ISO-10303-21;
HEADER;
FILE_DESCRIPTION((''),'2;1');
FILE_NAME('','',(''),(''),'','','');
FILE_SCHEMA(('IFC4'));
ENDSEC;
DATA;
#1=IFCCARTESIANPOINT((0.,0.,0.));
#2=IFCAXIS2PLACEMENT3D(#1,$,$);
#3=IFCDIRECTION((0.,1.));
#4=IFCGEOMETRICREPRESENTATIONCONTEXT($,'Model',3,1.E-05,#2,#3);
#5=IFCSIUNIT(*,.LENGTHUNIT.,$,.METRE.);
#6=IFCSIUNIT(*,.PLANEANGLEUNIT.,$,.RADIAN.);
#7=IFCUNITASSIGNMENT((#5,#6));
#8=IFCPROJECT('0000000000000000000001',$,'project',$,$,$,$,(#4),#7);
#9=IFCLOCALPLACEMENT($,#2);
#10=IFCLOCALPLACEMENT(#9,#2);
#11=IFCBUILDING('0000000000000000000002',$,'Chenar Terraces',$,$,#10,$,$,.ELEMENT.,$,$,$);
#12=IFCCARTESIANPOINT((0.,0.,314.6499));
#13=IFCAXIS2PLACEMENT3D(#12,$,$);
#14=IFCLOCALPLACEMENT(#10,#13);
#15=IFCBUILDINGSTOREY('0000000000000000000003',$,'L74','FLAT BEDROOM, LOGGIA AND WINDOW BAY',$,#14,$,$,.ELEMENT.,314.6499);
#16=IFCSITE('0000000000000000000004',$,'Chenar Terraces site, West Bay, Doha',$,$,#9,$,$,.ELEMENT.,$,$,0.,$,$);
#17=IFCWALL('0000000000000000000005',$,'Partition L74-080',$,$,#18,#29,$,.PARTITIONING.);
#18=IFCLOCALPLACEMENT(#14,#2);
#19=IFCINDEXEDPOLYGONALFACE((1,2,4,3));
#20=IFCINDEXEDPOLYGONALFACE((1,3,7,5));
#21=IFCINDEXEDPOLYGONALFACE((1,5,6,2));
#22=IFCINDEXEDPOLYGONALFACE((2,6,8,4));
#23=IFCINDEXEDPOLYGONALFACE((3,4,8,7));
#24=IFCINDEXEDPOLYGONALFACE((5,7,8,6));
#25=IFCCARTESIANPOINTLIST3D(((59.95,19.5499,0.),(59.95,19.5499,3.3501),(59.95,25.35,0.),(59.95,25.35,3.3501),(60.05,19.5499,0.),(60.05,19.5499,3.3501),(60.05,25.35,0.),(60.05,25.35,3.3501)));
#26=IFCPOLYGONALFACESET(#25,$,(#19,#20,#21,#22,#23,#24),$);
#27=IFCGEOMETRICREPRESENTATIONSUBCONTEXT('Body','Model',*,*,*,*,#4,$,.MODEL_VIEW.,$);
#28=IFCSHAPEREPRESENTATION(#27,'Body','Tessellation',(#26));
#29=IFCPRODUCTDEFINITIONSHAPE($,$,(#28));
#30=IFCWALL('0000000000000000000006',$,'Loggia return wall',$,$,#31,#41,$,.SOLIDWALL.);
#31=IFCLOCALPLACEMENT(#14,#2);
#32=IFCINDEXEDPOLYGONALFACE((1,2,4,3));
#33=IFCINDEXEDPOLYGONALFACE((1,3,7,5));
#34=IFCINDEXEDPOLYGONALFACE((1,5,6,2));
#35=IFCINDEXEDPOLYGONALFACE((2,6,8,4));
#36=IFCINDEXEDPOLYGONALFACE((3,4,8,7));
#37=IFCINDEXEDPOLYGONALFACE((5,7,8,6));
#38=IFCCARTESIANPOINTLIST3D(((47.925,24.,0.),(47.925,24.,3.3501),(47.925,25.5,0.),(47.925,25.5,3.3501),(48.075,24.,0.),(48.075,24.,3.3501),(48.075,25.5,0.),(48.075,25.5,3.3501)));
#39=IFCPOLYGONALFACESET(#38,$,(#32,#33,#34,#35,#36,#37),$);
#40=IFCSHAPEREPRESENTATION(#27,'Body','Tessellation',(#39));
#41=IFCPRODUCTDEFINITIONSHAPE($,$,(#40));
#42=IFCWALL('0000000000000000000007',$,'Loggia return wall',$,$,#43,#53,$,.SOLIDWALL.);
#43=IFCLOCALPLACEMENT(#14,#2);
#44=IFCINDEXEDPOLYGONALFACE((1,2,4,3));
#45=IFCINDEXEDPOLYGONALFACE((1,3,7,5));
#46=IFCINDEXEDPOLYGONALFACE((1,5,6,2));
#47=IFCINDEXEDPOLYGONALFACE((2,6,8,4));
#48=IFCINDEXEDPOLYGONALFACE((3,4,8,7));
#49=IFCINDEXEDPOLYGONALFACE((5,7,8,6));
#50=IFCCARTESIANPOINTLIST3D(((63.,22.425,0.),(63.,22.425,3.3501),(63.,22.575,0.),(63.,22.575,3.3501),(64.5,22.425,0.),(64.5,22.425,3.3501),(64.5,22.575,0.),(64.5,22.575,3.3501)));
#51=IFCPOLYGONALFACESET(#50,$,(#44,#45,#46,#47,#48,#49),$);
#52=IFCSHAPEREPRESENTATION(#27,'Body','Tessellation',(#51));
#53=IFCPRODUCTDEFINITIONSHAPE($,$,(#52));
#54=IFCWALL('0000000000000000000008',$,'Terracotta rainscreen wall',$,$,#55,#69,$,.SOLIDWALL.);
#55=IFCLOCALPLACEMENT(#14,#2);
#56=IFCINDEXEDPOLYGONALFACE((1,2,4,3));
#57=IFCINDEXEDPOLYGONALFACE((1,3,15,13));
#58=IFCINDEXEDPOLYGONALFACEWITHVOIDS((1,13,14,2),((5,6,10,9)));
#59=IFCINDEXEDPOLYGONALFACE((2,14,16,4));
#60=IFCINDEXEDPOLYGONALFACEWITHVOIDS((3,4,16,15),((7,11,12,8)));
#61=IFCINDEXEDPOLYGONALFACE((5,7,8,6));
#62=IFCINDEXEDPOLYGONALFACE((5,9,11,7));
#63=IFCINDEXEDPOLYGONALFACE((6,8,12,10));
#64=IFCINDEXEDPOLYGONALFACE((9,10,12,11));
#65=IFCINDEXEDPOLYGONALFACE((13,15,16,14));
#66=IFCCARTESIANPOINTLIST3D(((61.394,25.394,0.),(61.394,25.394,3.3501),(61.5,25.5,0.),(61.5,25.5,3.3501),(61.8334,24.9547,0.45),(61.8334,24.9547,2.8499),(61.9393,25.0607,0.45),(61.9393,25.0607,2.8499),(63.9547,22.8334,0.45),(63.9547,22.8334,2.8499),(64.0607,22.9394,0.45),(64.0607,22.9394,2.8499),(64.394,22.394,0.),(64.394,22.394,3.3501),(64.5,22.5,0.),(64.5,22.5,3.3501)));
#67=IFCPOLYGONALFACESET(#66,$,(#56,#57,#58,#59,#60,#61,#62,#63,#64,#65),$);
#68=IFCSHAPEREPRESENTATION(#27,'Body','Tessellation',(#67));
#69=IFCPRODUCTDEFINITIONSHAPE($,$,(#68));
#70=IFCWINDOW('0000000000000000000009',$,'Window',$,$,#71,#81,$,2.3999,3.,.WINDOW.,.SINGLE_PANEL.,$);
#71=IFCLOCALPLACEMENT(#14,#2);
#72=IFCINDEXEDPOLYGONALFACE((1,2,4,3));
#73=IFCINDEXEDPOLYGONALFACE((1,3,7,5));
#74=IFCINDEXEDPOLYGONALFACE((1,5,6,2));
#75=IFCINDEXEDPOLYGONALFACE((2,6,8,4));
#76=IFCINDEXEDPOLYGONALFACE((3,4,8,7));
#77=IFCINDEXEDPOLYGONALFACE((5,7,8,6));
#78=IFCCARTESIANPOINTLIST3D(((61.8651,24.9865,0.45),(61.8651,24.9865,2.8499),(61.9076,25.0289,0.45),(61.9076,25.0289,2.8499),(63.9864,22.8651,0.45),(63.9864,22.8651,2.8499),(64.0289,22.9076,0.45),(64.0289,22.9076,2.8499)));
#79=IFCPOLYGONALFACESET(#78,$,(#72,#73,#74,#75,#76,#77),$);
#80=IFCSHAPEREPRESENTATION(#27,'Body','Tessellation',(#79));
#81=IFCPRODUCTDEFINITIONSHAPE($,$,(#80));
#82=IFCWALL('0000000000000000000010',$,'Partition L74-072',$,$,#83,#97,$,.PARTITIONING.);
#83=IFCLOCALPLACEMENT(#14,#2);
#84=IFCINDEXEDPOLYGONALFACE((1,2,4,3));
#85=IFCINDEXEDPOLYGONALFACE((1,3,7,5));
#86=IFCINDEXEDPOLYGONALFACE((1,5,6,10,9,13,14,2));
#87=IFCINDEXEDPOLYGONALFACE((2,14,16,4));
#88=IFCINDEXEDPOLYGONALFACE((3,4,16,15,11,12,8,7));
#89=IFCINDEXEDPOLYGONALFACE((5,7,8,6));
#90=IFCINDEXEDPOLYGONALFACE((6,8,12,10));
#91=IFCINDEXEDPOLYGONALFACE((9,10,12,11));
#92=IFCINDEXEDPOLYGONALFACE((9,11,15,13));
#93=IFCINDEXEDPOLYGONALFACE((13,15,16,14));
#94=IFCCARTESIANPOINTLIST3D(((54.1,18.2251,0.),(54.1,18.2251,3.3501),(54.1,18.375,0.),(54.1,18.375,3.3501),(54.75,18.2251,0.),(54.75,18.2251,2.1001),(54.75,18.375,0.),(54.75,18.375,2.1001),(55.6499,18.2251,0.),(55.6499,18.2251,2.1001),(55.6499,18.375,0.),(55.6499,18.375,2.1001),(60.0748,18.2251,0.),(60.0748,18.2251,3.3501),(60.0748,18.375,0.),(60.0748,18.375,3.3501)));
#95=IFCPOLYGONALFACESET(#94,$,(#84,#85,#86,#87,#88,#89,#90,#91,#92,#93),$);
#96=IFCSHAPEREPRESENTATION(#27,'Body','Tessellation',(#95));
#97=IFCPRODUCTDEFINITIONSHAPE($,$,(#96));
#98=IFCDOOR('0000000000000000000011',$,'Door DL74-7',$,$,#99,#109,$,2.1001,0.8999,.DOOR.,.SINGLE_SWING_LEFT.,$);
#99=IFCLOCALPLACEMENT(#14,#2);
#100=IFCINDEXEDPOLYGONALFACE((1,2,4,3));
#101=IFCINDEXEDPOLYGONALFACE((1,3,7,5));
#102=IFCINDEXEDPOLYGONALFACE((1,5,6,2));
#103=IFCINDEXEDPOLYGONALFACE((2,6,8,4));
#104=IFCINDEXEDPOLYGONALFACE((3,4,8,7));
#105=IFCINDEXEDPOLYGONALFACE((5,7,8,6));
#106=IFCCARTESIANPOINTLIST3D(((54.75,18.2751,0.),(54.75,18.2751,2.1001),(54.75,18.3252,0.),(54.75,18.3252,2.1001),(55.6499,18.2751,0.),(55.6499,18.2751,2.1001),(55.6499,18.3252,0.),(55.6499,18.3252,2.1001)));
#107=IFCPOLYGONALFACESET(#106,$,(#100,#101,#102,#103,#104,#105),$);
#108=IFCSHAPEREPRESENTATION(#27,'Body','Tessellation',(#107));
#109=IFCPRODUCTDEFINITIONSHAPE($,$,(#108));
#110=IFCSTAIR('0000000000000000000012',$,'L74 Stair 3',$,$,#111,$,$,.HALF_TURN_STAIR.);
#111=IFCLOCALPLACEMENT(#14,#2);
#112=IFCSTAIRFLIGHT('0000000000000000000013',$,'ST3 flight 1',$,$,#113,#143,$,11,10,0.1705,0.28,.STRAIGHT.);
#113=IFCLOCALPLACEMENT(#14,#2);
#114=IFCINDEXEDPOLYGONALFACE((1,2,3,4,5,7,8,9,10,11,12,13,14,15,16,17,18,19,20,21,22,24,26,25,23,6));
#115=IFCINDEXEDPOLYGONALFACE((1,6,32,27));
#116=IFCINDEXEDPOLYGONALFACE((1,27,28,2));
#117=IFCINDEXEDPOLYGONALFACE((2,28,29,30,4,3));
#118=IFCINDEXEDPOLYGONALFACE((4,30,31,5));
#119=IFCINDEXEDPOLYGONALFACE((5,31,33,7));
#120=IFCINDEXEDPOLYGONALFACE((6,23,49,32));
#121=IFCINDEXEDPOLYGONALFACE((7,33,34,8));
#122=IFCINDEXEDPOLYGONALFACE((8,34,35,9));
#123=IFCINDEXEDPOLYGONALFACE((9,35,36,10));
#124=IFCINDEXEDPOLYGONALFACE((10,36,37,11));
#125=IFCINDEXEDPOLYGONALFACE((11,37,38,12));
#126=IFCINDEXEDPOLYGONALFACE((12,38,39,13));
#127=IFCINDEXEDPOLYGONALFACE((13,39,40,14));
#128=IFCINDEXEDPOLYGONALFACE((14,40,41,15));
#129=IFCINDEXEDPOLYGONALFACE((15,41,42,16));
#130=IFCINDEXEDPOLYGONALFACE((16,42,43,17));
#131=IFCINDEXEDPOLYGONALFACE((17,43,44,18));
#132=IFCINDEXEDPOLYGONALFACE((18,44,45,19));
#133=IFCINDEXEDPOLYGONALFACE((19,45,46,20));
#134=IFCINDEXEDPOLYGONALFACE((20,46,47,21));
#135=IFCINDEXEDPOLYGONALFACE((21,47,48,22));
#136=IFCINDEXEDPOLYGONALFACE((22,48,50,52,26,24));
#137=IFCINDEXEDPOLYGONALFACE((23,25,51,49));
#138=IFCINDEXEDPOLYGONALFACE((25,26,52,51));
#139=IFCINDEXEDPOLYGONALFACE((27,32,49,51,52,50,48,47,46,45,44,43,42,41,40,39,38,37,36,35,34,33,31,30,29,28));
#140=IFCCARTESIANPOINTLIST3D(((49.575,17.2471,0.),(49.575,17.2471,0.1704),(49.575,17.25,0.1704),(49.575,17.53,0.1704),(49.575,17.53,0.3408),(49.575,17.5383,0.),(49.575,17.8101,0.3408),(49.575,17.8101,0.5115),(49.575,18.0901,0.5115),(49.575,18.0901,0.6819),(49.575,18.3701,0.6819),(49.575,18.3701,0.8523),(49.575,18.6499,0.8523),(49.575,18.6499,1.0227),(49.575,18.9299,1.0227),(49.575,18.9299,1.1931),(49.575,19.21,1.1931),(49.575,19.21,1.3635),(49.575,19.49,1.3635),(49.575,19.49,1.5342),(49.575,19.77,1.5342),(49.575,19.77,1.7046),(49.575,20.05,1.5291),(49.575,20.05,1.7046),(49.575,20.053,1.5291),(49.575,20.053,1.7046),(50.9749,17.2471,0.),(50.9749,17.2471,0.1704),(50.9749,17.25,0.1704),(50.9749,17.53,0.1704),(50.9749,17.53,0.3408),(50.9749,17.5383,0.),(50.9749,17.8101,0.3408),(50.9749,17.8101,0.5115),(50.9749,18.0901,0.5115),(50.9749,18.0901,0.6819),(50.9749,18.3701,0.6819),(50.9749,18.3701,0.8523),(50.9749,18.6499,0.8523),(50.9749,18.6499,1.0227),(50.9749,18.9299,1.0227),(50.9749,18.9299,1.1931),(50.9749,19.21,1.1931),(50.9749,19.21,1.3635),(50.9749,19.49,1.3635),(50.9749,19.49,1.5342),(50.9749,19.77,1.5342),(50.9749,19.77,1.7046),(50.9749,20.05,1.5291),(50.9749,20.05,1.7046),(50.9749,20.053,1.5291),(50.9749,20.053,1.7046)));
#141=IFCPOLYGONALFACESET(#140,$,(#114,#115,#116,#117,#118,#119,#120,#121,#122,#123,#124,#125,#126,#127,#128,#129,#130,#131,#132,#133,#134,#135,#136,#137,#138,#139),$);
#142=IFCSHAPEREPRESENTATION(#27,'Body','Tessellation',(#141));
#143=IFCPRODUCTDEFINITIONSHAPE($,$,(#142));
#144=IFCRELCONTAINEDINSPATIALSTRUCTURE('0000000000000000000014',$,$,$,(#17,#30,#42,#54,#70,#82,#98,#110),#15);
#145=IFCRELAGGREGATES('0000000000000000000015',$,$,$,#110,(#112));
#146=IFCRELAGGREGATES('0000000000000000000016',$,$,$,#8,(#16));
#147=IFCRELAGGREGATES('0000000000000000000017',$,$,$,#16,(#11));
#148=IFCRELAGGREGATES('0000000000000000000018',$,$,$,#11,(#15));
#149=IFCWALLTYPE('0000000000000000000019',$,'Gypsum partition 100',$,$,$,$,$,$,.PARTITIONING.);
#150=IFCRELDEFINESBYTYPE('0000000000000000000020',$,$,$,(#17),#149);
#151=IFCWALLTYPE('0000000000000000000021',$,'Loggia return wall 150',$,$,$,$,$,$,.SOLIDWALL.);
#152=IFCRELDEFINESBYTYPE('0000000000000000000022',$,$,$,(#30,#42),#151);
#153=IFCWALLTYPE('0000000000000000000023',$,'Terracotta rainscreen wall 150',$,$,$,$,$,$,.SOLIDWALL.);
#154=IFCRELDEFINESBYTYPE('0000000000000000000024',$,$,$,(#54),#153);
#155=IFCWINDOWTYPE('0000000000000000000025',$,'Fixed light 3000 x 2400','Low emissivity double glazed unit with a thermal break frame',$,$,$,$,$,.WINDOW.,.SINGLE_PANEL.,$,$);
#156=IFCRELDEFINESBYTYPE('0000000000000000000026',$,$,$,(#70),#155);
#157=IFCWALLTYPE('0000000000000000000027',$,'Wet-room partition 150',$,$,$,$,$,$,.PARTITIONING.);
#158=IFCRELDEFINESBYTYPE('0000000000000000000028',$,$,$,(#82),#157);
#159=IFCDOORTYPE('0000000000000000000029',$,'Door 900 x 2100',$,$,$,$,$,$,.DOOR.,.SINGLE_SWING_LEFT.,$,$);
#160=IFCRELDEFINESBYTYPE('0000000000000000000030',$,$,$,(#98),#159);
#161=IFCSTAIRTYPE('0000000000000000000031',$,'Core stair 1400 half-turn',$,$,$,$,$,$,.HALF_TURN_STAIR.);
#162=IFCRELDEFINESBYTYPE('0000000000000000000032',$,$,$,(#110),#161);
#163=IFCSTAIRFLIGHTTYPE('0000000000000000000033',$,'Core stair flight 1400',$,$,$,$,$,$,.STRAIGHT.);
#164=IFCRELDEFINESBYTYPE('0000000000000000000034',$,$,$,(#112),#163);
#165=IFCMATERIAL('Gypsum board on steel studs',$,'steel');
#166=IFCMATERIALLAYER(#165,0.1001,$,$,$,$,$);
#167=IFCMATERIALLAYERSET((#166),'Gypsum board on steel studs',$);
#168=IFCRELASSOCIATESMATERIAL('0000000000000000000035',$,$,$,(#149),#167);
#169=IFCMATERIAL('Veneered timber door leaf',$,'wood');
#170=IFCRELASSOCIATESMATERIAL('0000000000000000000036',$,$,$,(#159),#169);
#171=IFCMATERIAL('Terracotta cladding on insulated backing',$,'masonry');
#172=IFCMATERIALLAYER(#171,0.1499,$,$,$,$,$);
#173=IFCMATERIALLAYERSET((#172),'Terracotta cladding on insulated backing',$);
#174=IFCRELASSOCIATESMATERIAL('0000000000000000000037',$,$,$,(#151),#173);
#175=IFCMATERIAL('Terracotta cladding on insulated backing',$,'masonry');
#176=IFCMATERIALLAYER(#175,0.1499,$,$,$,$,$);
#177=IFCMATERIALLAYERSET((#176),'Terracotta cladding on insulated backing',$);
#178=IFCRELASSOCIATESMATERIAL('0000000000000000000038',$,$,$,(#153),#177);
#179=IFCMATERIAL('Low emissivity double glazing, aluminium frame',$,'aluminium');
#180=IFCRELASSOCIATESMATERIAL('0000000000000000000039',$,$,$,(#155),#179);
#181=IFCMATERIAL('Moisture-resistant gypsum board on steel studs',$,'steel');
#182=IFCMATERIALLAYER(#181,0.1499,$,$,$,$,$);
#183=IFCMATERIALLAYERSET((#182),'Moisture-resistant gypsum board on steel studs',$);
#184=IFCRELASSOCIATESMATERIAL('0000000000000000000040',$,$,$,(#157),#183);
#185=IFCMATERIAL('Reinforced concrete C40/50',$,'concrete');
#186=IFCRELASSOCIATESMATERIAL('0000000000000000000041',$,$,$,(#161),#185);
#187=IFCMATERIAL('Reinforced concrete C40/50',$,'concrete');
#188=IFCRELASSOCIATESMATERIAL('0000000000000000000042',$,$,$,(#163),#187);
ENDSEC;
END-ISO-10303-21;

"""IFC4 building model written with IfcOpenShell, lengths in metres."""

from ifc_helpers import new_model, si_unit, direction, frame, frame_2d, origin, place, context, subcontext, project, spatial, polyline, rectangle, outline, extrude, material, layer, layer_set, type_object, element, fill, aggregate, save


model = new_model("IFC4")

# Units and contexts
model_context = context("Model", 3, precision=1e-05, world=origin(), true_north=direction((0.0, 1.0)))
body_context = subcontext(model_context, "Body", "Model", "MODEL_VIEW")
ifc_project = project(units=[si_unit("LENGTHUNIT", "METRE"), si_unit("PLANEANGLEUNIT", "RADIAN")], contexts=[model_context])

# Site, building, storey
site_placement = place(None, origin())
site = spatial("IfcSite", under=ifc_project, at=site_placement, Name="Chenar Terraces site, West Bay, Doha", CompositionType="ELEMENT", RefElevation=0.0)
building_placement = place(site_placement, origin())
building = spatial("IfcBuilding", under=site, at=building_placement, Name="Chenar Terraces", CompositionType="ELEMENT")
storey_placement = place(building_placement, frame((0.0, 0.0, 314.6499)))
storey = spatial("IfcBuildingStorey", under=building, at=storey_placement, Name="L74", Description="FLAT BEDROOM, LOGGIA AND WINDOW BAY", CompositionType="ELEMENT", Elevation=314.6499)

# Shared definitions
ifc_material_1 = material(Name="Gypsum board on steel studs", Category="steel")
ifc_layer_1 = layer(ifc_material_1, 0.1001)
ifc_layer_set_1 = layer_set([ifc_layer_1], Name="Gypsum board on steel studs")
wall_type_1 = type_object("IfcWallType", Name="Gypsum partition 100", PredefinedType="PARTITIONING", material=ifc_layer_set_1)
ifc_material_2 = material(Name="Veneered timber door leaf", Category="wood")
door_type = type_object("IfcDoorType", Name="Door 900 x 2100", OperationType="SINGLE_SWING_LEFT", PredefinedType="DOOR", material=ifc_material_2)

# Walls
wall_1_placement = place(storey_placement, frame((60.0, 19.55, 0.0), z_axis=(0.0, 0.0, 1.0), x_axis=(0.0, 1.0, 0.0)))
element("IfcWall", 1, at=wall_1_placement, inside=storey, type_object=wall_type_1, Name="Partition L74-080", PredefinedType="PARTITIONING", context=body_context, shape_type="SweptSolid", body=[
    extrude(rectangle(XDim=5.8, YDim=0.1001, at=frame_2d((2.8999, 0.0))), origin(), (0.0, 0.0, 1.0), 3.3501),
])
ifc_material_3 = material(Name="Terracotta cladding on insulated backing", Category="masonry")
ifc_layer_2 = layer(ifc_material_3, 0.1499)
ifc_layer_set_2 = layer_set([ifc_layer_2], Name="Terracotta cladding on insulated backing")
wall_type_2 = type_object("IfcWallType", Name="Loggia return wall 150", PredefinedType="SOLIDWALL", material=ifc_layer_set_2)
for number, where, z_axis, x_axis, name in (
    (2, (48.0, 25.5, 0.0), (0.0, 0.0, 1.0), (0.0, -1.0, 0.0), "Loggia return wall"),
    (3, (64.5, 22.5, 0.0), (0.0, 0.0, 1.0), (-1.0, 0.0, 0.0), "Loggia return wall"),
):
    element("IfcWall", number, at=place(storey_placement, frame(where, z_axis=z_axis, x_axis=x_axis)), inside=storey, type_object=wall_type_2, Name=name, PredefinedType="SOLIDWALL", context=body_context, shape_type="SweptSolid", body=[
        extrude(rectangle(XDim=1.5, YDim=0.1499, at=frame_2d((0.75, 0.0))), origin(), (0.0, 0.0, 1.0), 3.3501),
    ])

# Wall, opening, window
ifc_material_4 = material(Name="Terracotta cladding on insulated backing", Category="masonry")
ifc_layer_3 = layer(ifc_material_4, 0.1499)
ifc_layer_set_3 = layer_set([ifc_layer_3], Name="Terracotta cladding on insulated backing")
wall_type_3 = type_object("IfcWallType", Name="Terracotta rainscreen wall 150", PredefinedType="SOLIDWALL", material=ifc_layer_set_3)
wall_2_placement = place(storey_placement, frame((64.447, 22.447, 0.0), z_axis=(0.0, 0.0, 1.0), x_axis=(-0.707107, 0.707107, 0.0)))
wall_2 = element("IfcWall", 4, at=wall_2_placement, inside=storey, type_object=wall_type_3, Name="Terracotta rainscreen wall", PredefinedType="SOLIDWALL", context=body_context, shape_type="SweptSolid", body=[
    extrude(rectangle(XDim=4.2427, YDim=0.1499, at=frame_2d((2.1213, 0.0))), origin(), (0.0, 0.0, 1.0), 3.3501),
])
opening_1_placement = place(wall_2_placement, frame((0.6213, 0.0, 0.45)))
opening_1 = element("IfcOpeningElement", 5, at=opening_1_placement, cuts=wall_2, PredefinedType="OPENING", context=body_context, shape_type="SweptSolid", body=[
    extrude(rectangle(XDim=3.0, YDim=2.3999, at=frame_2d((1.5, 1.2))), frame((0.0, 0.085, 0.0), z_axis=(0.0, -1.0, 0.0), x_axis=(1.0, 0.0, 0.0)), (0.0, 0.0, 1.0), 0.1699),
])
ifc_material_5 = material(Name="Low emissivity double glazing, aluminium frame", Category="aluminium")
window_type_1 = type_object("IfcWindowType", Name="Fixed light 3000 x 2400", Description="Low emissivity double glazed unit with a thermal break frame", PartitioningType="SINGLE_PANEL", PredefinedType="WINDOW", material=ifc_material_5)
window_1_placement = place(opening_1_placement, origin())
window_1 = element("IfcWindow", 6, at=window_1_placement, inside=storey, type_object=window_type_1, Name="Window", OverallHeight=2.3999, OverallWidth=3.0, PartitioningType="SINGLE_PANEL", PredefinedType="WINDOW", context=body_context, shape_type="SweptSolid", body=[
    extrude(rectangle(XDim=3.0, YDim=2.3999, at=frame_2d((1.5, 1.2))), frame((0.0, 0.03, 0.0), z_axis=(0.0, -1.0, 0.0), x_axis=(1.0, 0.0, 0.0)), (0.0, 0.0, 1.0), 0.0601),
])
fill(opening_1, window_1)

# Wall, opening, door
ifc_material_6 = material(Name="Moisture-resistant gypsum board on steel studs", Category="steel")
ifc_layer_4 = layer(ifc_material_6, 0.1499)
ifc_layer_set_4 = layer_set([ifc_layer_4], Name="Moisture-resistant gypsum board on steel studs")
wall_type_4 = type_object("IfcWallType", Name="Wet-room partition 150", PredefinedType="PARTITIONING", material=ifc_layer_set_4)
wall_3_placement = place(storey_placement, frame((54.1001, 18.3, 0.0), z_axis=(0.0, 0.0, 1.0), x_axis=(1.0, 0.0, 0.0)))
wall_3 = element("IfcWall", 7, at=wall_3_placement, inside=storey, type_object=wall_type_4, Name="Partition L74-072", PredefinedType="PARTITIONING", context=body_context, shape_type="SweptSolid", body=[
    extrude(rectangle(XDim=5.9749, YDim=0.1499, at=frame_2d((2.9873, 0.0))), origin(), (0.0, 0.0, 1.0), 3.3501),
])
opening_2_placement = place(wall_3_placement, frame((0.6499, 0.0, 0.0)))
opening_2 = element("IfcOpeningElement", 8, at=opening_2_placement, cuts=wall_3, PredefinedType="OPENING", context=body_context, shape_type="SweptSolid", body=[
    extrude(rectangle(XDim=0.8999, YDim=2.1001, at=frame_2d((0.45, 1.05))), frame((0.0, 0.085, 0.0), z_axis=(0.0, -1.0, 0.0), x_axis=(1.0, 0.0, 0.0)), (0.0, 0.0, 1.0), 0.1699),
])
door_1_placement = place(opening_2_placement, frame((0.8999, 0.0, 0.0), z_axis=(0.0, 0.0, 1.0), x_axis=(-1.0, 0.0, 0.0)))
door_1 = element("IfcDoor", 9, at=door_1_placement, inside=storey, type_object=door_type, Name="Door DL74-7", OperationType="SINGLE_SWING_LEFT", OverallHeight=2.1001, OverallWidth=0.8999, PredefinedType="DOOR", context=body_context, shape_type="SweptSolid", body=[
    extrude(rectangle(XDim=0.8999, YDim=2.1001, at=frame_2d((0.45, 1.05))), frame((0.0, 0.0249, 0.0), z_axis=(0.0, -1.0, 0.0), x_axis=(1.0, 0.0, 0.0)), (0.0, 0.0, 1.0), 0.05),
])
fill(opening_2, door_1)

# Stair, stair flight
ifc_material_7 = material(Name="Reinforced concrete C40/50", Category="concrete")
stair_type = type_object("IfcStairType", Name="Core stair 1400 half-turn", PredefinedType="HALF_TURN_STAIR", material=ifc_material_7)
stair_placement = place(storey_placement, origin())
stair = element("IfcStair", 10, at=stair_placement, inside=storey, type_object=stair_type, Name="L74 Stair 3", PredefinedType="HALF_TURN_STAIR")
ifc_material_8 = material(Name="Reinforced concrete C40/50", Category="concrete")
stair_flight_type = type_object("IfcStairFlightType", Name="Core stair flight 1400", PredefinedType="STRAIGHT", material=ifc_material_8)
stair_flight_1_placement = place(storey_placement, frame((50.2749, 17.25, 0.0), z_axis=(0.0, 0.0, 1.0), x_axis=(0.0, 1.0, 0.0)))
stair_flight_1 = element("IfcStairFlight", 11, at=stair_flight_1_placement, type_object=stair_flight_type, Name="ST3 flight 1", NumberOfRisers=11, NumberOfTreads=10, PredefinedType="STRAIGHT", RiserHeight=0.1705, TreadLength=0.28, context=body_context, shape_type="SweptSolid", body=[
    extrude(outline(polyline([(-0.0029, 0.0), (-0.0029, 0.1704), (0.0, 0.1704), (0.28, 0.1704), (0.28, 0.3408), (0.5601, 0.3408), (0.5601, 0.5115), (0.8401, 0.5115), (0.8401, 0.6819), (1.1201, 0.6819), (1.1201, 0.8523), (1.3999, 0.8523), (1.3999, 1.0227), (1.6799, 1.0227), (1.6799, 1.1931), (1.96, 1.1931), (1.96, 1.3635), (2.24, 1.3635), (2.24, 1.5342), (2.52, 1.5342), (2.52, 1.7046), (2.8, 1.7046), (2.803, 1.7046), (2.803, 1.5291), (2.8, 1.5291), (0.2883, 0.0), (-0.0029, 0.0)])), frame((0.0, 0.7, 0.0), z_axis=(0.0, -1.0, 0.0), x_axis=(1.0, 0.0, 0.0)), (0.0, 0.0, 1.0), 1.3999),
])
aggregate(stair, [stair_flight_1])

save(model, "model.ifc")
